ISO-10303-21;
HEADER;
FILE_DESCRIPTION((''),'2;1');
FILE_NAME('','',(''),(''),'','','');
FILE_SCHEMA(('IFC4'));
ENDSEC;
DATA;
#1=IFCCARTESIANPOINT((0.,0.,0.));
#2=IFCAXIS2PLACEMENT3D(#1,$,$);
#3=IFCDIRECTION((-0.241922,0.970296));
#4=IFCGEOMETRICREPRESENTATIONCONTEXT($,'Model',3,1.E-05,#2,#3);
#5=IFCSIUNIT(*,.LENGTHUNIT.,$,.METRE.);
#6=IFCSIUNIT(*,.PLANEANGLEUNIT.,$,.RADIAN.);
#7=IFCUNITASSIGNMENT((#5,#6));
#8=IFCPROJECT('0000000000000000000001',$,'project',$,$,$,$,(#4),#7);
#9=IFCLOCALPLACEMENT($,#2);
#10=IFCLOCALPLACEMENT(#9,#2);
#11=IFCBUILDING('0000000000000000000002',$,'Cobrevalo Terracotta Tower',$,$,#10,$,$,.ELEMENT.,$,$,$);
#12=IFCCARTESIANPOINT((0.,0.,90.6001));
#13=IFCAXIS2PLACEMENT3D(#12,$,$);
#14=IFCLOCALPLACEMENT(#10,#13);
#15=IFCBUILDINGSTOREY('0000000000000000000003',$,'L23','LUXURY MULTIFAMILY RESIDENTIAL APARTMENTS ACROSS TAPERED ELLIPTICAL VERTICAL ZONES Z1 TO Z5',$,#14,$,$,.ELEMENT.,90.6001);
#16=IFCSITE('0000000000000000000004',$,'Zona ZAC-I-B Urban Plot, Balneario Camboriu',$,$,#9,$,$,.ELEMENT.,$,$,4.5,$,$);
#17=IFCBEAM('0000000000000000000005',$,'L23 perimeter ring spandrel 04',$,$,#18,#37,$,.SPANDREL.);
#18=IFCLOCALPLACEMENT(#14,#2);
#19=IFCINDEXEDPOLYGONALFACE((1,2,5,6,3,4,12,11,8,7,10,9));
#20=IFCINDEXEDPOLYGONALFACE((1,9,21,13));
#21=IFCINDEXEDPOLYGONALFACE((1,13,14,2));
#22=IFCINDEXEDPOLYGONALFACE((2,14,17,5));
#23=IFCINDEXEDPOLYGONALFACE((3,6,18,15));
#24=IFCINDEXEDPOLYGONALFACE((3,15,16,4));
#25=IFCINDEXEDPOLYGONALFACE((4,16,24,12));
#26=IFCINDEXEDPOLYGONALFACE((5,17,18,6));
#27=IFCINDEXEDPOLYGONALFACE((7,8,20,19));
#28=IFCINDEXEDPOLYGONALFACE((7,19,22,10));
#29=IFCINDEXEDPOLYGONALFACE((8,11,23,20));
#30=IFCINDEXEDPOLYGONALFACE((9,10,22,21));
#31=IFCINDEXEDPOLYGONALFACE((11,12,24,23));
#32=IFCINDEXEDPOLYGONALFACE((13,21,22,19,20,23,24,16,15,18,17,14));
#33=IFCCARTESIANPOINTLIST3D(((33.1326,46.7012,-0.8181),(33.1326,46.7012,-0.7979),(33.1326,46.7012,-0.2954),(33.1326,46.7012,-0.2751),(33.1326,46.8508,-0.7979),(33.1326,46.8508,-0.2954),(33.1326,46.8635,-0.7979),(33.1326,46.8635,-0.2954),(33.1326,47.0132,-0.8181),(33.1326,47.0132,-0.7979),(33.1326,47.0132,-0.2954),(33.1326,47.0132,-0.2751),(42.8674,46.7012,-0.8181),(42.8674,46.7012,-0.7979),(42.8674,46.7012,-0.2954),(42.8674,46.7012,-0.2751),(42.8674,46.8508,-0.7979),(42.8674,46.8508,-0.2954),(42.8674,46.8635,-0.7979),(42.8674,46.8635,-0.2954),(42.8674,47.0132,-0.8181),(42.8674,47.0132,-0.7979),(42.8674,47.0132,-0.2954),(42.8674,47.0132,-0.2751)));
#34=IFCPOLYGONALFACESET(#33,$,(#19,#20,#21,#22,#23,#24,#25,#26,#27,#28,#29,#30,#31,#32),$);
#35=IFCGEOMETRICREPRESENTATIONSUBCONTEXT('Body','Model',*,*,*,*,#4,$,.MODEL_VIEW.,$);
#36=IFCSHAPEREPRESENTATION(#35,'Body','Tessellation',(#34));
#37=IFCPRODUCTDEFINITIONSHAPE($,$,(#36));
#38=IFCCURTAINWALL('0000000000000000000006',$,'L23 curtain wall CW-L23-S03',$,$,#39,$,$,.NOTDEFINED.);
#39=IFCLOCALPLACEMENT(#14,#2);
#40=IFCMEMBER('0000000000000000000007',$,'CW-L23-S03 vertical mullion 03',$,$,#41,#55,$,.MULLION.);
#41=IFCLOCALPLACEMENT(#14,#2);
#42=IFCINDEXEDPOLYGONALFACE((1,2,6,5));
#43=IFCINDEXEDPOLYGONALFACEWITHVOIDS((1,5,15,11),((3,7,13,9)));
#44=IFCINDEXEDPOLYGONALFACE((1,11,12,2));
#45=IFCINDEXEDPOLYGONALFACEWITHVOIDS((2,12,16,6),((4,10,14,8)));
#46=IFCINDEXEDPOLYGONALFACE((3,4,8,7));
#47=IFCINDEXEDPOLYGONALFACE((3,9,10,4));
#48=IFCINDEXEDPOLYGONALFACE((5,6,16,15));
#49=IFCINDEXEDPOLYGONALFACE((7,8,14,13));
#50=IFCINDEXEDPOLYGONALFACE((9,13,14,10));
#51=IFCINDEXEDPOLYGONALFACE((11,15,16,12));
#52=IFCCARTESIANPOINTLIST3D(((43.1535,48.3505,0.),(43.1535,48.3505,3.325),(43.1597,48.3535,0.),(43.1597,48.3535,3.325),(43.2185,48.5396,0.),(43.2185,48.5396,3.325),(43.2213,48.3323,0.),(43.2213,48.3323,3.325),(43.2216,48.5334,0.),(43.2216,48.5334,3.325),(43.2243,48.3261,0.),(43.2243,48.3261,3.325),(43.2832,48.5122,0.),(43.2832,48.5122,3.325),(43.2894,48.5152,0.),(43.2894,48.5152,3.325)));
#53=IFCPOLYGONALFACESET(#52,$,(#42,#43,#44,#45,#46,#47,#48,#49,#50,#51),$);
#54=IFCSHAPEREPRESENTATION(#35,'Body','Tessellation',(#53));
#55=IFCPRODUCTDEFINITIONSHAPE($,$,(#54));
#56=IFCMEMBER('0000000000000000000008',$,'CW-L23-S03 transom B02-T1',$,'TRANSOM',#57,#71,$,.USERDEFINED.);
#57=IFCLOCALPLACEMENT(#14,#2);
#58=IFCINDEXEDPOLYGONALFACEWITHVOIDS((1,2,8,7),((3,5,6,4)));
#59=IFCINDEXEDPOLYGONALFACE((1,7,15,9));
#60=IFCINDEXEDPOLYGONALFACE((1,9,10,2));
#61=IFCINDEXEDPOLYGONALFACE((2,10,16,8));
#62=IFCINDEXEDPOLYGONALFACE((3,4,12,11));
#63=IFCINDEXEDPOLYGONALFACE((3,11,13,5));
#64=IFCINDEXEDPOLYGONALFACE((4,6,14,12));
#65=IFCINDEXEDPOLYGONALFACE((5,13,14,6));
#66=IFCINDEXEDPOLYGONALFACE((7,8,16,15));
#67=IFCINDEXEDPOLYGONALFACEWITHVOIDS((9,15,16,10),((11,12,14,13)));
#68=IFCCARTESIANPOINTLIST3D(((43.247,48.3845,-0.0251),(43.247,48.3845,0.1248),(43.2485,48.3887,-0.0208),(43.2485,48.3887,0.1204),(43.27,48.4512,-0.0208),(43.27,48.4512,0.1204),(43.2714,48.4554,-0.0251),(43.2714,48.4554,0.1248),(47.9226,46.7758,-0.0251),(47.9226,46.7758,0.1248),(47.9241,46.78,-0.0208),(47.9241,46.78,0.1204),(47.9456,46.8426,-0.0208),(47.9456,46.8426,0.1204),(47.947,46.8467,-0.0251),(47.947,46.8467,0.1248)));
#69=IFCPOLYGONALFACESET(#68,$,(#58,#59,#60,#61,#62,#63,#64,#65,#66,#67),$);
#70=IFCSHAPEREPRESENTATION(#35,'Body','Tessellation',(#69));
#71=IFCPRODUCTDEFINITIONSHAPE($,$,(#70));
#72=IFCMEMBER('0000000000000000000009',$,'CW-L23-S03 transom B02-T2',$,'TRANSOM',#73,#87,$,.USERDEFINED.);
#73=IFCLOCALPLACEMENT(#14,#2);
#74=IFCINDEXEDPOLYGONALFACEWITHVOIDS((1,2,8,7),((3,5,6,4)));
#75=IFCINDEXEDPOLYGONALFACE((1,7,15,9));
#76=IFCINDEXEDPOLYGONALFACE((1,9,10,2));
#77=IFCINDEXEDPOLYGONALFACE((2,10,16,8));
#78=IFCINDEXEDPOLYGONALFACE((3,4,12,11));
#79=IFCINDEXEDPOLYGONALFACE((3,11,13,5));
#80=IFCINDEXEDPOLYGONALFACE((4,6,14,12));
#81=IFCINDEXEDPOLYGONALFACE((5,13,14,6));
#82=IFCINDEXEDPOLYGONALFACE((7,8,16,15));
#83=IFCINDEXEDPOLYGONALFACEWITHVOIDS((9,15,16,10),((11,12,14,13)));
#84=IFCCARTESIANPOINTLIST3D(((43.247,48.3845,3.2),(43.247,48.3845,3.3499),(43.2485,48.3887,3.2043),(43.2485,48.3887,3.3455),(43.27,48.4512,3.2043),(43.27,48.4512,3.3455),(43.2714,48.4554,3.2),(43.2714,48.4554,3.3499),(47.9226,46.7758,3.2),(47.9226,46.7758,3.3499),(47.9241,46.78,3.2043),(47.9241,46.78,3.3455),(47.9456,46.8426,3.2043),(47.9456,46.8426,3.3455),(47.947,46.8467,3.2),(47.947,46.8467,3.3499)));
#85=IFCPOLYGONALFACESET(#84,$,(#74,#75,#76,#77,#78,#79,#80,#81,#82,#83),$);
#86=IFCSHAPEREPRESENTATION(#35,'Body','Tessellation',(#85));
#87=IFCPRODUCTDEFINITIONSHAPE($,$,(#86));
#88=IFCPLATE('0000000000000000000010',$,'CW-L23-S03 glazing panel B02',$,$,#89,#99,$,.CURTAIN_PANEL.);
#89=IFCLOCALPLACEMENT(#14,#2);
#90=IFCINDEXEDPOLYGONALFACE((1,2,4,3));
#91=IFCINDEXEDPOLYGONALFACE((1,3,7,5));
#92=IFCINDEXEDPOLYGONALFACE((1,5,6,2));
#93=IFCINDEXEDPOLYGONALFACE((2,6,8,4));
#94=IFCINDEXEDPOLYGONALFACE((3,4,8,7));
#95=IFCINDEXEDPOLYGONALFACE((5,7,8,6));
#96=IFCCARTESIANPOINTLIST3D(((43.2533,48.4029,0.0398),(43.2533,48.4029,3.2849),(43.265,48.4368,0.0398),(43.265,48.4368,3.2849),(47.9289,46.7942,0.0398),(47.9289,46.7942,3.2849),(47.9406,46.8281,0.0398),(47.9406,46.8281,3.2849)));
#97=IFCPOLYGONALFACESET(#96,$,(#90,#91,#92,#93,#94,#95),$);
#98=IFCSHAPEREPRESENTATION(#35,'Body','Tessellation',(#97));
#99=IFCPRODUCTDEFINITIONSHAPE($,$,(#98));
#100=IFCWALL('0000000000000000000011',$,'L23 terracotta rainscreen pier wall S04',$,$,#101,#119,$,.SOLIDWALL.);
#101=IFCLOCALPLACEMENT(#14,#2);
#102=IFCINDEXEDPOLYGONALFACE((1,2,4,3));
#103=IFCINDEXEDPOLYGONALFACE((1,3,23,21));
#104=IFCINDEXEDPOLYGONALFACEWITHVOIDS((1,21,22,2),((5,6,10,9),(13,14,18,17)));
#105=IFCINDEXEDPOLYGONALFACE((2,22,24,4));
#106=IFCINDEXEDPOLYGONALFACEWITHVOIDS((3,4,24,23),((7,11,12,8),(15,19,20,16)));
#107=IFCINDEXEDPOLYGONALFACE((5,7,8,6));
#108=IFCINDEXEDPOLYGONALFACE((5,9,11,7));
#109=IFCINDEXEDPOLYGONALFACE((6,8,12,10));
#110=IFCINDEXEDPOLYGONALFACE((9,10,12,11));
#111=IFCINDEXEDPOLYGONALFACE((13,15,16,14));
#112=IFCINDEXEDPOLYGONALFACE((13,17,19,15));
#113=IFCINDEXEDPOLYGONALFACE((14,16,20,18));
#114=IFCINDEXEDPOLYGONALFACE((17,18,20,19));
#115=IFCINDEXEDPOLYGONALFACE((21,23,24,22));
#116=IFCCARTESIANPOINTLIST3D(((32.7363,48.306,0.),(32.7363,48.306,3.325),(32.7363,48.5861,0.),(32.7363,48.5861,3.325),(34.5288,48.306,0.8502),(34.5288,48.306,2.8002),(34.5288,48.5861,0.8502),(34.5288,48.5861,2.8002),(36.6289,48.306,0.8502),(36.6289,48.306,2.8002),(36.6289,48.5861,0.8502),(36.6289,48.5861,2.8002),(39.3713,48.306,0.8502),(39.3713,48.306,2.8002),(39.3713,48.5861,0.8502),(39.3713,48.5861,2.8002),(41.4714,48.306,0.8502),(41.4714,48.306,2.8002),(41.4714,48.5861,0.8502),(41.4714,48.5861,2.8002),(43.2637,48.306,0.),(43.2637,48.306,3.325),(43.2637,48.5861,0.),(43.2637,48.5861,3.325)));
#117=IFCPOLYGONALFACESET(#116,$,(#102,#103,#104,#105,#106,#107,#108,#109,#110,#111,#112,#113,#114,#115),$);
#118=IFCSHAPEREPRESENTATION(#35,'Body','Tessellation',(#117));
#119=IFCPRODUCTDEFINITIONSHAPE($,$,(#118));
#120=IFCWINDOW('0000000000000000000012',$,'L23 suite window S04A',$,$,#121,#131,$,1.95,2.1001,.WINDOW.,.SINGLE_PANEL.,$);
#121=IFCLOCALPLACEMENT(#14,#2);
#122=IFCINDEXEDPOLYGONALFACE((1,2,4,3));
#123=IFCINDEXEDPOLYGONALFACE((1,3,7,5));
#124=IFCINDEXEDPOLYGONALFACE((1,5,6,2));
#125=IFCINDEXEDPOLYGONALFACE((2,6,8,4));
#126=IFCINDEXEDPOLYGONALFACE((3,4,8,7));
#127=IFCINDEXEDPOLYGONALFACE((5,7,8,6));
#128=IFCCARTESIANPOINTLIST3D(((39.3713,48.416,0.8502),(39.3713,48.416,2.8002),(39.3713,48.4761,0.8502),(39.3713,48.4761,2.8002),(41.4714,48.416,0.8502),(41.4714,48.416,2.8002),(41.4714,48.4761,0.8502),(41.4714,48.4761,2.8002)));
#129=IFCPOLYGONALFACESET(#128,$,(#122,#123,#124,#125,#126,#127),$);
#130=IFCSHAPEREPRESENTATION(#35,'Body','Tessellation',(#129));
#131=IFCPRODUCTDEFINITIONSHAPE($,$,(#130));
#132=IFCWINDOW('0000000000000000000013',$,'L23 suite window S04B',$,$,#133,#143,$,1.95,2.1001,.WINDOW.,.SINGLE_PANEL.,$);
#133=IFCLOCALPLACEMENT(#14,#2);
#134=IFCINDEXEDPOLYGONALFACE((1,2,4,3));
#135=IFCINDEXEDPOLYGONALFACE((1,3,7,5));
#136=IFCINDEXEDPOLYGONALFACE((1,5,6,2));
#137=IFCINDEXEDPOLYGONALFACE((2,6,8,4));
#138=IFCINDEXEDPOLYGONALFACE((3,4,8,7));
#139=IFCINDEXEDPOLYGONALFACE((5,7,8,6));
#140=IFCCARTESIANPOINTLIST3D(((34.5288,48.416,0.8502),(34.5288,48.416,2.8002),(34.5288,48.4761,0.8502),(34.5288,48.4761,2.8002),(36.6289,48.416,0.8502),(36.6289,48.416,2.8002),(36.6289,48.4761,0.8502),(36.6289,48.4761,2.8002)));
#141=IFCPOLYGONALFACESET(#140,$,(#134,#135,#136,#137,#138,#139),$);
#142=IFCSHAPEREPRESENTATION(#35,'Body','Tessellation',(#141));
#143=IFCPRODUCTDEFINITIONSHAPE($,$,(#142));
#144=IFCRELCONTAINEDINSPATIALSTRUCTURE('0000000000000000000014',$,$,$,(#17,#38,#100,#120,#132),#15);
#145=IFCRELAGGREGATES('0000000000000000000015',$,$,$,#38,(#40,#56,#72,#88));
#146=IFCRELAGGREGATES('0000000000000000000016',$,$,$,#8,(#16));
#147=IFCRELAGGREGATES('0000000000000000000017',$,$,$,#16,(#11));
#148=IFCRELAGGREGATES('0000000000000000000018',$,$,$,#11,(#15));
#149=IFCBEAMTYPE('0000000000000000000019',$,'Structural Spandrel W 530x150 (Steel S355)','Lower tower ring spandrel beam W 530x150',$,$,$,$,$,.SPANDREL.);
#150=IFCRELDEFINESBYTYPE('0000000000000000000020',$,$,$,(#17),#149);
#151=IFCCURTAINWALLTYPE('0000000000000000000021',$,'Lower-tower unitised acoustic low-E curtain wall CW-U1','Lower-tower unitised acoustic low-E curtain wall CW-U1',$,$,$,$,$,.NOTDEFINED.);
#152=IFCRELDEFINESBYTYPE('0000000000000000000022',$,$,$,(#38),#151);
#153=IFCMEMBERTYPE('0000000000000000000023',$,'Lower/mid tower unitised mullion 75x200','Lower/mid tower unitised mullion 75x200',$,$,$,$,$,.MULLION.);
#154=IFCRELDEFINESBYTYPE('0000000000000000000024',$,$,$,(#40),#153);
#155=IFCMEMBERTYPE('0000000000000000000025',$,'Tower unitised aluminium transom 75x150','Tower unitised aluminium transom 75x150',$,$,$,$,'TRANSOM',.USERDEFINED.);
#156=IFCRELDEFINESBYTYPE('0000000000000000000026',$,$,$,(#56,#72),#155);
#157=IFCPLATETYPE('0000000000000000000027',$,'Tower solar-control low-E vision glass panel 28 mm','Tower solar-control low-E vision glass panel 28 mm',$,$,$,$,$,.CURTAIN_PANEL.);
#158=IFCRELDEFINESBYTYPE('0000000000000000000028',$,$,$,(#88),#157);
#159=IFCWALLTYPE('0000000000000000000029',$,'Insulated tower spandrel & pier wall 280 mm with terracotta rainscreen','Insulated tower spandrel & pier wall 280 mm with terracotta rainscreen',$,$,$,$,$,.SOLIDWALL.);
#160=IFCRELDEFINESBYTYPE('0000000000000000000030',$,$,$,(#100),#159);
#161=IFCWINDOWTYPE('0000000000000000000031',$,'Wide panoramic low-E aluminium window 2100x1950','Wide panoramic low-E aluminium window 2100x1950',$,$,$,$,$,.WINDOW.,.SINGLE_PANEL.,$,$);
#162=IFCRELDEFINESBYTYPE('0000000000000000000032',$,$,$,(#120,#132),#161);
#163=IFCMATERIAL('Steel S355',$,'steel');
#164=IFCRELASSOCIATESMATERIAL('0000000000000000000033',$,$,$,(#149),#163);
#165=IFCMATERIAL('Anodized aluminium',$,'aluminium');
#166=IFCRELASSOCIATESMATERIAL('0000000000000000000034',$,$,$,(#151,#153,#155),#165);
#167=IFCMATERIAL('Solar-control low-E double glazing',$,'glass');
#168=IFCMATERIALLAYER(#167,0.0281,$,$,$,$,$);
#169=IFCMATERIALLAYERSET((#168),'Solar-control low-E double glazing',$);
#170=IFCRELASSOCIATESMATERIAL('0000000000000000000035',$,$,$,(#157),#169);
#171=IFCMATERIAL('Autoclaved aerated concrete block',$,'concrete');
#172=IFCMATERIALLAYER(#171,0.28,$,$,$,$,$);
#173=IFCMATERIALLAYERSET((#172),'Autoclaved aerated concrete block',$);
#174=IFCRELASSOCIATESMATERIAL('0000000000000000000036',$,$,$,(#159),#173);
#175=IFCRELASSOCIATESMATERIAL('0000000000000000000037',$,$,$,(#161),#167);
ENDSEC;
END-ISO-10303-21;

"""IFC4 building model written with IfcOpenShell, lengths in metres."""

from ifc_helpers import new_model, si_unit, direction, frame, frame_2d, origin, origin_2d, place, context, subcontext, project, spatial, rectangle, hollow_rectangle, i_section, extrude, source, transform, mapped, material, layer, layer_set, material_profile, profile_set, type_object, element, fill, aggregate, save


model = new_model("IFC4")

# Units and contexts
model_context = context("Model", 3, precision=1e-05, world=origin(), true_north=direction((-0.241922, 0.970296)))
body_context = subcontext(model_context, "Body", "Model", "MODEL_VIEW")
ifc_project = project(units=[si_unit("LENGTHUNIT", "METRE"), si_unit("PLANEANGLEUNIT", "RADIAN")], contexts=[model_context])

# Site, building, storey
site_placement = place(None, origin())
site = spatial("IfcSite", under=ifc_project, at=site_placement, Name="Zona ZAC-I-B Urban Plot, Balneario Camboriu", CompositionType="ELEMENT", RefElevation=4.5)
building_placement = place(site_placement, origin())
building = spatial("IfcBuilding", under=site, at=building_placement, Name="Cobrevalo Terracotta Tower", CompositionType="ELEMENT")
storey_placement = place(building_placement, frame((0.0, 0.0, 90.6001)))
storey = spatial("IfcBuildingStorey", under=building, at=storey_placement, Name="L23", Description="LUXURY MULTIFAMILY RESIDENTIAL APARTMENTS ACROSS TAPERED ELLIPTICAL VERTICAL ZONES Z1 TO Z5", CompositionType="ELEMENT", Elevation=90.6001)

# Shared definitions
ifc_material_1 = material(Name="Steel S355", Category="steel")

# Beam
ifc_material_profile_1 = material_profile(ifc_material_1, i_section(OverallWidth=0.312, OverallDepth=0.543, WebThickness=0.0127, FlangeThickness=0.0203, at=origin_2d()), Name="W 530x150")
ifc_profile_set_1 = profile_set([ifc_material_profile_1], Name="Steel S355")
beam_type_1 = type_object("IfcBeamType", Name="Structural Spandrel W 530x150 (Steel S355)", Description="Lower tower ring spandrel beam W 530x150", PredefinedType="SPANDREL", material=ifc_profile_set_1)
beam_1_placement = place(storey_placement, frame((42.8674, 46.8572, -0.5466), z_axis=(-1.0, 0.0, 0.0), x_axis=(0.0, -1.0, 0.0)))
element("IfcBeam", 1, at=beam_1_placement, inside=storey, type_object=beam_type_1, Name="L23 perimeter ring spandrel 04", PredefinedType="SPANDREL", context=body_context, shape_type="SweptSolid", body=[
    extrude(i_section(OverallWidth=0.312, OverallDepth=0.543, WebThickness=0.0127, FlangeThickness=0.0203, at=origin_2d()), origin(), (0.0, 0.0, 1.0), 9.7349),
])

# Curtain wall, members, plate
ifc_material_2 = material(Name="Anodized aluminium", Category="aluminium")
curtain_wall_type = type_object("IfcCurtainWallType", Name="Lower-tower unitised acoustic low-E curtain wall CW-U1", Description="Lower-tower unitised acoustic low-E curtain wall CW-U1", PredefinedType="NOTDEFINED", material=ifc_material_2)
curtain_wall_placement = place(storey_placement, origin())
curtain_wall = element("IfcCurtainWall", 2, at=curtain_wall_placement, inside=storey, type_object=curtain_wall_type, Name="L23 curtain wall CW-L23-S03", PredefinedType="NOTDEFINED")
ifc_material_profile_2 = material_profile(ifc_material_2, hollow_rectangle(XDim=0.075, YDim=0.2, WallThickness=0.0049, at=origin_2d()), Name="CWM 75x200")
ifc_profile_set_2 = profile_set([ifc_material_profile_2], Name="Anodized aluminium")
member_type_1 = type_object("IfcMemberType", Name="Lower/mid tower unitised mullion 75x200", Description="Lower/mid tower unitised mullion 75x200", PredefinedType="MULLION", material=ifc_profile_set_2)
shared_shape_1 = source(origin(), body_context, "Body", "SweptSolid", [
    extrude(hollow_rectangle(XDim=0.075, YDim=0.2, WallThickness=0.0049, at=origin_2d()), origin(), (0.0, 0.0, 1.0), 3.325),
])
member_1_placement = place(storey_placement, frame((43.2214, 48.4329, 0.0), z_axis=(0.0, 0.0, 1.0), x_axis=(-0.945598, 0.325337, 0.0)))
member_1 = element("IfcMember", 3, at=member_1_placement, type_object=member_type_1, Name="CW-L23-S03 vertical mullion 03", PredefinedType="MULLION", context=body_context, shape_type="MappedRepresentation", body=[
    mapped(shared_shape_1, transform((0.0, 0.0, 0.0), scale=1.0)),
])
ifc_material_profile_3 = material_profile(ifc_material_2, hollow_rectangle(XDim=0.075, YDim=0.1499, WallThickness=0.0044, at=origin_2d()), Name="CWT 75x150")
ifc_profile_set_3 = profile_set([ifc_material_profile_3], Name="Anodized aluminium")
member_type_2 = type_object("IfcMemberType", Name="Tower unitised aluminium transom 75x150", Description="Tower unitised aluminium transom 75x150", ElementType="TRANSOM", PredefinedType="USERDEFINED", material=ifc_profile_set_3)
shared_shape_2 = source(origin(), body_context, "Body", "SweptSolid", [
    extrude(hollow_rectangle(XDim=0.075, YDim=0.1499, WallThickness=0.0044, at=origin_2d()), origin(), (0.0, 0.0, 1.0), 4.9446),
])
member_2_placement = place(storey_placement, frame((47.9348, 46.8113, 0.0498), z_axis=(-0.945598, 0.325338, 0.0), x_axis=(-0.325338, -0.945598, 0.0)))
member_2 = element("IfcMember", 4, at=member_2_placement, type_object=member_type_2, Name="CW-L23-S03 transom B02-T1", ObjectType="TRANSOM", PredefinedType="USERDEFINED", context=body_context, shape_type="MappedRepresentation", body=[
    mapped(shared_shape_2, transform((0.0, 0.0, 0.0), scale=1.0)),
])
member_3_placement = place(storey_placement, frame((47.9348, 46.8113, 3.2749), z_axis=(-0.945598, 0.325338, 0.0), x_axis=(-0.325338, -0.945598, 0.0)))
member_3 = element("IfcMember", 5, at=member_3_placement, type_object=member_type_2, Name="CW-L23-S03 transom B02-T2", ObjectType="TRANSOM", PredefinedType="USERDEFINED", context=body_context, shape_type="MappedRepresentation", body=[
    mapped(shared_shape_2, transform((0.0, 0.0, 0.0), scale=1.0)),
])
ifc_material_3 = material(Name="Solar-control low-E double glazing", Category="glass")
ifc_layer_1 = layer(ifc_material_3, 0.0281)
ifc_layer_set_1 = layer_set([ifc_layer_1], Name="Solar-control low-E double glazing")
plate_type = type_object("IfcPlateType", Name="Tower solar-control low-E vision glass panel 28 mm", Description="Tower solar-control low-E vision glass panel 28 mm", PredefinedType="CURTAIN_PANEL", material=ifc_layer_set_1)
shared_shape_3 = source(origin(), body_context, "Body", "SweptSolid", [
    extrude(rectangle(XDim=4.9446, YDim=0.0359, at=origin_2d()), origin(), (0.0, 0.0, 1.0), 3.2451),
])
plate_placement = place(storey_placement, frame((45.5969, 47.6155, 0.0398), z_axis=(0.0, 0.0, 1.0), x_axis=(-0.945596, 0.325342, 0.0)))
plate = element("IfcPlate", 6, at=plate_placement, type_object=plate_type, Name="CW-L23-S03 glazing panel B02", PredefinedType="CURTAIN_PANEL", context=body_context, shape_type="MappedRepresentation", body=[
    mapped(shared_shape_3, transform((0.0, 0.0, 0.0), scale=1.0)),
])
aggregate(curtain_wall, [member_1, member_2, member_3, plate])

# Wall, openings, windows
ifc_material_4 = material(Name="Autoclaved aerated concrete block", Category="concrete")
ifc_layer_2 = layer(ifc_material_4, 0.28)
ifc_layer_set_2 = layer_set([ifc_layer_2], Name="Autoclaved aerated concrete block")
wall_type_1 = type_object("IfcWallType", Name="Insulated tower spandrel & pier wall 280 mm with terracotta rainscreen", Description="Insulated tower spandrel & pier wall 280 mm with terracotta rainscreen", PredefinedType="SOLIDWALL", material=ifc_layer_set_2)
wall_1_placement = place(storey_placement, frame((43.2637, 48.446, 0.0), z_axis=(0.0, 0.0, 1.0), x_axis=(-1.0, 0.0, 0.0)))
wall_1 = element("IfcWall", 7, at=wall_1_placement, inside=storey, type_object=wall_type_1, Name="L23 terracotta rainscreen pier wall S04", PredefinedType="SOLIDWALL", context=body_context, shape_type="SweptSolid", body=[
    extrude(rectangle(XDim=10.5273, YDim=0.28, at=frame_2d((5.2637, 0.0))), origin(), (0.0, 0.0, 1.0), 3.325),
])
opening_1_placement = place(wall_1_placement, frame((1.7922, 0.0, 0.8501)))
opening_1 = element("IfcOpeningElement", 8, at=opening_1_placement, cuts=wall_1, PredefinedType="OPENING", context=body_context, shape_type="SweptSolid", body=[
    extrude(rectangle(XDim=2.1001, YDim=1.95, at=frame_2d((1.05, 0.9751))), frame((0.0, 0.1499, 0.0), z_axis=(0.0, -1.0, 0.0), x_axis=(1.0, 0.0, 0.0)), (0.0, 0.0, 1.0), 0.3),
])
opening_2_placement = place(wall_1_placement, frame((6.6348, 0.0, 0.8501)))
opening_2 = element("IfcOpeningElement", 9, at=opening_2_placement, cuts=wall_1, PredefinedType="OPENING", context=body_context, shape_type="SweptSolid", body=[
    extrude(rectangle(XDim=2.1001, YDim=1.95, at=frame_2d((1.05, 0.9751))), frame((0.0, 0.1499, 0.0), z_axis=(0.0, -1.0, 0.0), x_axis=(1.0, 0.0, 0.0)), (0.0, 0.0, 1.0), 0.3),
])
window_type = type_object("IfcWindowType", Name="Wide panoramic low-E aluminium window 2100x1950", Description="Wide panoramic low-E aluminium window 2100x1950", PartitioningType="SINGLE_PANEL", PredefinedType="WINDOW", material=ifc_material_3)
shared_shape_4 = source(origin(), body_context, "Body", "SweptSolid", [
    extrude(rectangle(XDim=2.1001, YDim=1.95, at=frame_2d((1.05, 0.9751))), frame((0.0, 0.03, 0.0), z_axis=(0.0, -1.0, 0.0), x_axis=(1.0, 0.0, 0.0)), (0.0, 0.0, 1.0), 0.0601),
])
window_1_placement = place(opening_1_placement, origin())
window_1 = element("IfcWindow", 10, at=window_1_placement, inside=storey, type_object=window_type, Name="L23 suite window S04A", OverallHeight=1.95, OverallWidth=2.1001, PartitioningType="SINGLE_PANEL", PredefinedType="WINDOW", context=body_context, shape_type="MappedRepresentation", body=[
    mapped(shared_shape_4, transform((0.0, 0.0, 0.0), scale=1.0)),
])
fill(opening_1, window_1)
window_2_placement = place(opening_2_placement, origin())
window_2 = element("IfcWindow", 11, at=window_2_placement, inside=storey, type_object=window_type, Name="L23 suite window S04B", OverallHeight=1.95, OverallWidth=2.1001, PartitioningType="SINGLE_PANEL", PredefinedType="WINDOW", context=body_context, shape_type="MappedRepresentation", body=[
    mapped(shared_shape_4, transform((0.0, 0.0, 0.0), scale=1.0)),
])
fill(opening_2, window_2)

save(model, "model.ifc")
